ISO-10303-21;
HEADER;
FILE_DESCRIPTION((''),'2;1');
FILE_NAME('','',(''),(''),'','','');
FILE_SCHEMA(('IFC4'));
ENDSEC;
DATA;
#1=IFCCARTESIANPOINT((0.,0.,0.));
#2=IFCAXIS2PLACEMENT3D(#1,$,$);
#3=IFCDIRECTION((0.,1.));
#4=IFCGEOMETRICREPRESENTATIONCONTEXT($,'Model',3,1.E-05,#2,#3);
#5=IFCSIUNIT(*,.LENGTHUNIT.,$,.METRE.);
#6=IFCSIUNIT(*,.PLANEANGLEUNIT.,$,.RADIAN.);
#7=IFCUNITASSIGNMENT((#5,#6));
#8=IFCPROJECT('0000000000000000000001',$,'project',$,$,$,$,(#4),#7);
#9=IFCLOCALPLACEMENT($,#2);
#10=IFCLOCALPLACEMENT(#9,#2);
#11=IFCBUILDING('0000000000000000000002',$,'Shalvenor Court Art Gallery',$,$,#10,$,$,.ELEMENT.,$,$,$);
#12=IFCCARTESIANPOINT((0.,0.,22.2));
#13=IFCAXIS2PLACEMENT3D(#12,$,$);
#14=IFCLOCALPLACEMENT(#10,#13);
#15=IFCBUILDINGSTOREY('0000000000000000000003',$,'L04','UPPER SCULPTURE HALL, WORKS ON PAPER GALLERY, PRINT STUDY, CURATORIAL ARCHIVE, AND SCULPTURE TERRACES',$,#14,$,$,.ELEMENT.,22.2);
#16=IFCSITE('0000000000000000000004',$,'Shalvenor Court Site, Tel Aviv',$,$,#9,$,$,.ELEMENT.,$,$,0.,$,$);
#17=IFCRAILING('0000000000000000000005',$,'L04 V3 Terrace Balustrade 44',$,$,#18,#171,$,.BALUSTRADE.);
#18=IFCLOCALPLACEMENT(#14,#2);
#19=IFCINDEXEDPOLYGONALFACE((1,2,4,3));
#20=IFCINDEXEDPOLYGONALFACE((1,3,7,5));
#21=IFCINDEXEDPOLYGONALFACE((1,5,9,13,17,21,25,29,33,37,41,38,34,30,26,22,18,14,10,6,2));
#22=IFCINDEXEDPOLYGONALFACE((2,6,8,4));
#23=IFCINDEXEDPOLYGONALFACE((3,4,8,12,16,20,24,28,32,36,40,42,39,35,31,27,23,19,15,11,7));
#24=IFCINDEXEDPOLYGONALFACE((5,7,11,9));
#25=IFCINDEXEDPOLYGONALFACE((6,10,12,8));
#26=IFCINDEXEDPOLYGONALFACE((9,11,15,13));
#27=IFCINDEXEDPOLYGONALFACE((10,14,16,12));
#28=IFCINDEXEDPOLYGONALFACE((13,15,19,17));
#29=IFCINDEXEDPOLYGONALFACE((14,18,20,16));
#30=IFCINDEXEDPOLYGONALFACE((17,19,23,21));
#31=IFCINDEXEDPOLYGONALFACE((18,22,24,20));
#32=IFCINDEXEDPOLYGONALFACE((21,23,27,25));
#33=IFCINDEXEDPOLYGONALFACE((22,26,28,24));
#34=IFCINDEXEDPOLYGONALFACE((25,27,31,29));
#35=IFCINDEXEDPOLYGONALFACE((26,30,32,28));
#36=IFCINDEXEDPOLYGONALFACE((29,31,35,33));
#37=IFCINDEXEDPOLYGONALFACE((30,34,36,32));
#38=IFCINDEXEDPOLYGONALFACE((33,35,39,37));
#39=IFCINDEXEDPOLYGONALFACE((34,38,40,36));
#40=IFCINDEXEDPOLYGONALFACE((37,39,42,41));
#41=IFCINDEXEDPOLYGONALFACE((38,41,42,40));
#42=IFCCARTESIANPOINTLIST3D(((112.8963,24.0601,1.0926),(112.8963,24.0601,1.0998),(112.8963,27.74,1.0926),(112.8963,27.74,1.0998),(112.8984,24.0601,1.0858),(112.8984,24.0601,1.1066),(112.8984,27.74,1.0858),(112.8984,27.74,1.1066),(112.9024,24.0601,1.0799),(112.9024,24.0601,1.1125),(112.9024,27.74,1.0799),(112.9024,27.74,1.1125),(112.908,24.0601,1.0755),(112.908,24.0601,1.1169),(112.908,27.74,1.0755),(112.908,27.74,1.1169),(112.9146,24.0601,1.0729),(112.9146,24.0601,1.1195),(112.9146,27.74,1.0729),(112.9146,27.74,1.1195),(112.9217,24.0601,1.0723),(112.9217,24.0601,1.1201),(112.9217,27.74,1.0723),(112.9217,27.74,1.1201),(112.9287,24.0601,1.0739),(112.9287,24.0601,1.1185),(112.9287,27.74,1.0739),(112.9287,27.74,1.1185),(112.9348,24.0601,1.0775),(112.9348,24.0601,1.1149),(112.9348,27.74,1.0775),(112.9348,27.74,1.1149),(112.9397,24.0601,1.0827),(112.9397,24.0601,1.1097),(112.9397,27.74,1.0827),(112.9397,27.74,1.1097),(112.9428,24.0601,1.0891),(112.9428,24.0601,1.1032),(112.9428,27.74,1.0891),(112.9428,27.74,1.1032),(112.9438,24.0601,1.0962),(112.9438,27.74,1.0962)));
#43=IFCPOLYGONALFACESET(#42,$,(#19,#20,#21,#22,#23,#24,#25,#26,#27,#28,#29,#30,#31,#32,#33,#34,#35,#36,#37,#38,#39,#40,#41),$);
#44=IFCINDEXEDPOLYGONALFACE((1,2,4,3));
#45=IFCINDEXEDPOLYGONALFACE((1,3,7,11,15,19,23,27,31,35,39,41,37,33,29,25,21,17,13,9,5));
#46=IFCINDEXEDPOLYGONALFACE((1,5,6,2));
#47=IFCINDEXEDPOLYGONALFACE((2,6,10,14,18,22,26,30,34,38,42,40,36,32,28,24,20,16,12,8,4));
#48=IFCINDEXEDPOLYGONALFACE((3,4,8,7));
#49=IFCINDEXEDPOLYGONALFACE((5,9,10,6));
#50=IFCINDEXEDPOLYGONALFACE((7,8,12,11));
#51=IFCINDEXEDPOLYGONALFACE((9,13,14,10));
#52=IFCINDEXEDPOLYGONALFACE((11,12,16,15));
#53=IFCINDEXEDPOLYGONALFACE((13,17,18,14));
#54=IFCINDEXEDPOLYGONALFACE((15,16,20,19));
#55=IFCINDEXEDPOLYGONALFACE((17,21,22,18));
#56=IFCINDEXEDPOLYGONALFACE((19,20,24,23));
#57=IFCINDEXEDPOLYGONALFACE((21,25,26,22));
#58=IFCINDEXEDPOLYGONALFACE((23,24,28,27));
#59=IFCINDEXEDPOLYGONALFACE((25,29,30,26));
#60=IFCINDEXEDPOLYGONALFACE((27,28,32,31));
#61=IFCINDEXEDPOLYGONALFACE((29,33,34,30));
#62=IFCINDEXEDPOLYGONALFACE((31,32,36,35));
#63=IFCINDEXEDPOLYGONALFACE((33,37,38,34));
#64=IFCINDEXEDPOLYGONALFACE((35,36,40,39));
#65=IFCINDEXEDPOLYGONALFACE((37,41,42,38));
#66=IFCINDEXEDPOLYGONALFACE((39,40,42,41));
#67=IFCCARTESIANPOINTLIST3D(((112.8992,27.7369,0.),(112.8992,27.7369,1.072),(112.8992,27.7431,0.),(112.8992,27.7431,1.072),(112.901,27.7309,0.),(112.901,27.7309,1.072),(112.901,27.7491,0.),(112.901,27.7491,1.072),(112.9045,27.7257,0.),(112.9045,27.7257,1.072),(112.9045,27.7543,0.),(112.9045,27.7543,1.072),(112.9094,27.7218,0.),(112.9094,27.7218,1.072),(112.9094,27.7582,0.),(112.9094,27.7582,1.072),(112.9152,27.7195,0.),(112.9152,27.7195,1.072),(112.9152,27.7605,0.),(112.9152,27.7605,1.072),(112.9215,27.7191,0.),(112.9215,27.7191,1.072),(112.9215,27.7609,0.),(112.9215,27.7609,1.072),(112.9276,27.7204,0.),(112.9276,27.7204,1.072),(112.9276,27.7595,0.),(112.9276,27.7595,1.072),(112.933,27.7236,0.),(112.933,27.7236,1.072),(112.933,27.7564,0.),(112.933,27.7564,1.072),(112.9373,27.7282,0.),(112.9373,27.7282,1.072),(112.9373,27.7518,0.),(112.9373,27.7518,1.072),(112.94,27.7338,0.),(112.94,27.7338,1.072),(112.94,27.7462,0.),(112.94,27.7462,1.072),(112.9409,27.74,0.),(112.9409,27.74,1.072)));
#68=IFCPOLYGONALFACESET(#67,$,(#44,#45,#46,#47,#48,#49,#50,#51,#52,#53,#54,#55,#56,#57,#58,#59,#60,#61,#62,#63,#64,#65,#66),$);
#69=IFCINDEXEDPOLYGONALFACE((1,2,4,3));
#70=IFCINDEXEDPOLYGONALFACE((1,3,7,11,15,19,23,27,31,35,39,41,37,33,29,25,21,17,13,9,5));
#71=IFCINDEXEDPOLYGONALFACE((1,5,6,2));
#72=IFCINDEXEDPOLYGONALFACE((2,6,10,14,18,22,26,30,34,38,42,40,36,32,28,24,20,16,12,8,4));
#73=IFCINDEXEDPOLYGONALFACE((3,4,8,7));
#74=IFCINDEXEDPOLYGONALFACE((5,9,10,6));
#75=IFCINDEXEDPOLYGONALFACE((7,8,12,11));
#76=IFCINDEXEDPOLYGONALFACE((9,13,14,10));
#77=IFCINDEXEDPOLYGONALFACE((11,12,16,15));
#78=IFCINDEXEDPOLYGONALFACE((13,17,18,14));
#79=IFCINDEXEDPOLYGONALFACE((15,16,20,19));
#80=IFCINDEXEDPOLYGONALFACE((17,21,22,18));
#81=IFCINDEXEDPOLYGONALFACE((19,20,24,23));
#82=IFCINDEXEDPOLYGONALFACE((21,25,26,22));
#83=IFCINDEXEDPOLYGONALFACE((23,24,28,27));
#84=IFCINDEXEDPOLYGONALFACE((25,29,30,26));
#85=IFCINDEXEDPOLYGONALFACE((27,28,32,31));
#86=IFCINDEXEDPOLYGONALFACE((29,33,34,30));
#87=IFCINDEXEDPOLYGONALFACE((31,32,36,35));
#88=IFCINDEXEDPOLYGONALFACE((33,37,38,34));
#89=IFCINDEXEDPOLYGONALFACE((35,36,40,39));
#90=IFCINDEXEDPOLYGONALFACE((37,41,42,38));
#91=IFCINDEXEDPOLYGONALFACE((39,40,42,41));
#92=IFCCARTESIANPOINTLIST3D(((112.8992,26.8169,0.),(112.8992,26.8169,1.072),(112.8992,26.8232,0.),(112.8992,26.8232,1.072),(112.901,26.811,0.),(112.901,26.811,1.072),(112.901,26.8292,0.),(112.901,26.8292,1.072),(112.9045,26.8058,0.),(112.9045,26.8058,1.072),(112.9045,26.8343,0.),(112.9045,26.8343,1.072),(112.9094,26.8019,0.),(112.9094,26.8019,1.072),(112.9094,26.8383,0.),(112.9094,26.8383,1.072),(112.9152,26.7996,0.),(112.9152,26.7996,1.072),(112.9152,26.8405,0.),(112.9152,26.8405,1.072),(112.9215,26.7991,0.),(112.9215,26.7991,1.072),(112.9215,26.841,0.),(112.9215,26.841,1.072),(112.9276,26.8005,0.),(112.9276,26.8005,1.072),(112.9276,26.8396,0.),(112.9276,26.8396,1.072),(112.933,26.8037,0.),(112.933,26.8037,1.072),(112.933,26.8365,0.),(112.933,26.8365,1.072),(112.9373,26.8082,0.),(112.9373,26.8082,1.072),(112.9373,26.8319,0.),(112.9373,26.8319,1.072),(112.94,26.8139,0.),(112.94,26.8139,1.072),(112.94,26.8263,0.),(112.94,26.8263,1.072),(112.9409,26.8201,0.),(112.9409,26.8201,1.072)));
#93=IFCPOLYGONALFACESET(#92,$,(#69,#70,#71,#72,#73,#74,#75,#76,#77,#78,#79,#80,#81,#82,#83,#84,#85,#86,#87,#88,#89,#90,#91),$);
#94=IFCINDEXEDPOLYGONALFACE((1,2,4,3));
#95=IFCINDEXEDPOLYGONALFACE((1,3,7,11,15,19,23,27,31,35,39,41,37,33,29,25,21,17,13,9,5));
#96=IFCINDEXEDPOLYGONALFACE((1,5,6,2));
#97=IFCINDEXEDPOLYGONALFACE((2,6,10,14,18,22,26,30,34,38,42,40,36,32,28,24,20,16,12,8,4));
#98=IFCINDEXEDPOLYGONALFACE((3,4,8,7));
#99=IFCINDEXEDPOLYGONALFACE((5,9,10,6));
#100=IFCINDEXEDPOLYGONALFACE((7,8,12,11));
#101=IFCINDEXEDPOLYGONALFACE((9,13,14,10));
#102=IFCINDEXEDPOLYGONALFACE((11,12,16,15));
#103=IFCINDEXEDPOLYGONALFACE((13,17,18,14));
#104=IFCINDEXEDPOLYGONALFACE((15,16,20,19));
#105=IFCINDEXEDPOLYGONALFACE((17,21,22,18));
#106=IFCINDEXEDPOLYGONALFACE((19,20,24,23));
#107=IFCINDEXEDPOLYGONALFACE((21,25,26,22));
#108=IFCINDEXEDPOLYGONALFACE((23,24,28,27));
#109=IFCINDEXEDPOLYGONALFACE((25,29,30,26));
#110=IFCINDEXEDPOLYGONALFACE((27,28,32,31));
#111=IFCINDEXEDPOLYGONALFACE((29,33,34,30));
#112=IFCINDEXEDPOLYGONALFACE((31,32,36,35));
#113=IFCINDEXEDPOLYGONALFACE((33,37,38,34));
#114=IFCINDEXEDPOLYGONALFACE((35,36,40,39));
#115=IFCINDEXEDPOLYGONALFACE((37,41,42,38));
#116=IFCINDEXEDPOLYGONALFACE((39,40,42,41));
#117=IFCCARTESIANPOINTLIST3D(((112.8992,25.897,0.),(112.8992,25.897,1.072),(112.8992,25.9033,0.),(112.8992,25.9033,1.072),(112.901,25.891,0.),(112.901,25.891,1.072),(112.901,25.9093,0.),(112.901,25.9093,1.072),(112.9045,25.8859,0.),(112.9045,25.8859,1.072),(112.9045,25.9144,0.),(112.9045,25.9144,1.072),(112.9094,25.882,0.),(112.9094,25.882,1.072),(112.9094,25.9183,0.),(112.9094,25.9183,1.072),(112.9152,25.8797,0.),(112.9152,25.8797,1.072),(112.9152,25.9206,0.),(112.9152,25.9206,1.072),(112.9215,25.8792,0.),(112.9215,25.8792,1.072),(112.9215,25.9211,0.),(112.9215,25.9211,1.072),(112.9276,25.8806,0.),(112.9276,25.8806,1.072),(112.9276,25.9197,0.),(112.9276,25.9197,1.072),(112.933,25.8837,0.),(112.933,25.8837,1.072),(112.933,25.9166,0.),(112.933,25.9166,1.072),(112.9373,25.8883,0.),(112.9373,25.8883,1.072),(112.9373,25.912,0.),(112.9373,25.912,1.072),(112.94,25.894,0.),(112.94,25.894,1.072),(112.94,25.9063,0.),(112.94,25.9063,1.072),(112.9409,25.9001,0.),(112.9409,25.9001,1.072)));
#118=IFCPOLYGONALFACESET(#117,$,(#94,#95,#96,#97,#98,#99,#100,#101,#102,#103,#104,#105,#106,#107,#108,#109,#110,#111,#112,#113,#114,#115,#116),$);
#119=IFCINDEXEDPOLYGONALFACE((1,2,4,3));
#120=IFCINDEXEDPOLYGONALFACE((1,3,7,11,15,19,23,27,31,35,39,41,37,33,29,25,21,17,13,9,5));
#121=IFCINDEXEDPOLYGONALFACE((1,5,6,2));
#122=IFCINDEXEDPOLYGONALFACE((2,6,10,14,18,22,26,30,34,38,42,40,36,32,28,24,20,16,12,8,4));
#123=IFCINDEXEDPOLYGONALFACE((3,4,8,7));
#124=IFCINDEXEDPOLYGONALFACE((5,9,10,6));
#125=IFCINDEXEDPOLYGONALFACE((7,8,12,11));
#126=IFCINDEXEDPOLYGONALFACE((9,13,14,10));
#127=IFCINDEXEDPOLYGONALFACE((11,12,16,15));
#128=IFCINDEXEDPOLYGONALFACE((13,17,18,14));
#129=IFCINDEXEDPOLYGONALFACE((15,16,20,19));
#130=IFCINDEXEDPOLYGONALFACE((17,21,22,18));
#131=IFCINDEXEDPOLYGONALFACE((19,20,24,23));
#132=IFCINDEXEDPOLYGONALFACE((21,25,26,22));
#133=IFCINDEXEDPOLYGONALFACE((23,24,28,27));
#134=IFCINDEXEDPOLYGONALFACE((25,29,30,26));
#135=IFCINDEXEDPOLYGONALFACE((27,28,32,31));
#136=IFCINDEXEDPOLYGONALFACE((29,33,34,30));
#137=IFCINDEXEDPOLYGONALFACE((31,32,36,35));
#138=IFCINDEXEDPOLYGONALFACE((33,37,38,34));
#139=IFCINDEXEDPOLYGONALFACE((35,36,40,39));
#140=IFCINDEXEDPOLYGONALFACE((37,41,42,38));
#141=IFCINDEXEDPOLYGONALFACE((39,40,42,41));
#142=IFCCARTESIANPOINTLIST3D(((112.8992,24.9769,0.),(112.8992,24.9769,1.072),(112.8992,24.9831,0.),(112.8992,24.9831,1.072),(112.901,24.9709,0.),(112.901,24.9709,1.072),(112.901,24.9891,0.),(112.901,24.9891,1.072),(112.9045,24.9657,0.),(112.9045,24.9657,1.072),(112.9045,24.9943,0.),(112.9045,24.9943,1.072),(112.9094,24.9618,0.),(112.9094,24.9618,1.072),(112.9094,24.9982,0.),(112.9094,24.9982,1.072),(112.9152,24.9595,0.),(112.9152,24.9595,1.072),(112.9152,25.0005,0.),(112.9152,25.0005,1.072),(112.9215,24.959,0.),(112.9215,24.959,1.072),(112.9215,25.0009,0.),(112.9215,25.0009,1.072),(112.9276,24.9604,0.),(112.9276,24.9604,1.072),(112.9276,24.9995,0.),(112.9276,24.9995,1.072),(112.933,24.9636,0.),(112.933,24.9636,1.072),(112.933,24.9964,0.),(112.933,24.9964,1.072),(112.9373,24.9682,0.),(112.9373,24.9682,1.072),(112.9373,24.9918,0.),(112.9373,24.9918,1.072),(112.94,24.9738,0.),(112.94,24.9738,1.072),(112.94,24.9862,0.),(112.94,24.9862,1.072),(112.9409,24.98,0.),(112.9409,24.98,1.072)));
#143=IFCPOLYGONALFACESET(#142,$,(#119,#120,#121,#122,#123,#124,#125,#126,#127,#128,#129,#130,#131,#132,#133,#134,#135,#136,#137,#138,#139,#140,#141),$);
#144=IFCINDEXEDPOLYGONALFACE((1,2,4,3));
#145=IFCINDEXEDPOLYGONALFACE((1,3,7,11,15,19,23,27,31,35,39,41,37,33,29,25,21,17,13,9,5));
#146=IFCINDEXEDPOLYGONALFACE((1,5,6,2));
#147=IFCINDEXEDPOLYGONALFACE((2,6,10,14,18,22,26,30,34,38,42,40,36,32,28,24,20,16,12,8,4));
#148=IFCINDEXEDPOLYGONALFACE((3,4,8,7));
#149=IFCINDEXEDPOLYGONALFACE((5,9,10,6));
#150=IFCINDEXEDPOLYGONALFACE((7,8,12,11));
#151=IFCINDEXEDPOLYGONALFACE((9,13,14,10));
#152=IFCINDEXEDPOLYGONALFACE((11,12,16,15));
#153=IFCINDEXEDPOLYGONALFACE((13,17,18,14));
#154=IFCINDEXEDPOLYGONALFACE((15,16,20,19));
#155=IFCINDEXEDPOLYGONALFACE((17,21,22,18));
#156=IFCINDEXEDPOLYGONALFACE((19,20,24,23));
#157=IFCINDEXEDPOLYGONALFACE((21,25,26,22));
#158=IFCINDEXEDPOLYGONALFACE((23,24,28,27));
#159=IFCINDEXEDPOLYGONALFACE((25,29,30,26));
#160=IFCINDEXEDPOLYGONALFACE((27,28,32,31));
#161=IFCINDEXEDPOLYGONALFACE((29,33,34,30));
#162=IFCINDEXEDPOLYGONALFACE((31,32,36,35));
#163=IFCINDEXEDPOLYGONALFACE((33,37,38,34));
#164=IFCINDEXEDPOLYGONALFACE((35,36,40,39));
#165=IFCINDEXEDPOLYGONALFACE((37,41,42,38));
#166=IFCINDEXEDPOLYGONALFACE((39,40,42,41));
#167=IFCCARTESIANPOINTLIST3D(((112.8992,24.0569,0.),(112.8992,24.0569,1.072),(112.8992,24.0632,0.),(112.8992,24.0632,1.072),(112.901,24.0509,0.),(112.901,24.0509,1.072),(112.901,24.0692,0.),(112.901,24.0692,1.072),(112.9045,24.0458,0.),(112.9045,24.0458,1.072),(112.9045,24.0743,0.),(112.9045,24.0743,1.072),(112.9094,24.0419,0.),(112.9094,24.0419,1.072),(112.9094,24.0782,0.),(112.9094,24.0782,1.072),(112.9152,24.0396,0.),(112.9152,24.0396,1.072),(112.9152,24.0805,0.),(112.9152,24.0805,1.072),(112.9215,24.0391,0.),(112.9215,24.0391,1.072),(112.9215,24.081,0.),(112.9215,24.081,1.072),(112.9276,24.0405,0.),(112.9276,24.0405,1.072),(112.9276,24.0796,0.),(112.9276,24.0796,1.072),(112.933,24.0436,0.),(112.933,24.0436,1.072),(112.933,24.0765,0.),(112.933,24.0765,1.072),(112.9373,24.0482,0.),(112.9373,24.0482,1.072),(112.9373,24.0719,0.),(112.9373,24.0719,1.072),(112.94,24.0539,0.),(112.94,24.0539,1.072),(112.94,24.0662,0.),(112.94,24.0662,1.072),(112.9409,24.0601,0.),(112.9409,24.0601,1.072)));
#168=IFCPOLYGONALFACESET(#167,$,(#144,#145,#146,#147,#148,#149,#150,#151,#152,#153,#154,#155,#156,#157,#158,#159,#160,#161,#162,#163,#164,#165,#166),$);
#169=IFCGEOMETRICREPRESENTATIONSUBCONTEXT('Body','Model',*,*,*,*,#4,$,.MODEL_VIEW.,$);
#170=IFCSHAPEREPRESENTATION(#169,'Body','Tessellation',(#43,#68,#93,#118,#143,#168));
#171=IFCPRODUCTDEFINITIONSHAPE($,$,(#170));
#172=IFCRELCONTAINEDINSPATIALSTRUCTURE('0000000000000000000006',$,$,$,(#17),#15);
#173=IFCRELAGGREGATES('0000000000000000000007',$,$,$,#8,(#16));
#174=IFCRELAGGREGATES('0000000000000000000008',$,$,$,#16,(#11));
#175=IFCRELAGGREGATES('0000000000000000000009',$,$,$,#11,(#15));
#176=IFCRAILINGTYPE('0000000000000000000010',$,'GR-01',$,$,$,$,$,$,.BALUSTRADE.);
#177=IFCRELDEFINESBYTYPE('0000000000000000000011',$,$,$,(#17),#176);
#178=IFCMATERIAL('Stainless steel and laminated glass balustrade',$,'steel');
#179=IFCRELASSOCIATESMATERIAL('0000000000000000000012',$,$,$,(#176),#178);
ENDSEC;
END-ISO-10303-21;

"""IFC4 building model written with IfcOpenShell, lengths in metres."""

from ifc_helpers import new_model, si_unit, direction, frame, origin, origin_2d, place, context, subcontext, project, spatial, circle, extrude, material, type_object, element, save


model = new_model("IFC4")

# Units and contexts
model_context = context("Model", 3, precision=1e-05, world=origin(), true_north=direction((0.0, 1.0)))
body_context = subcontext(model_context, "Body", "Model", "MODEL_VIEW")
ifc_project = project(units=[si_unit("LENGTHUNIT", "METRE"), si_unit("PLANEANGLEUNIT", "RADIAN")], contexts=[model_context])

# Site, building, storey
site_placement = place(None, origin())
site = spatial("IfcSite", under=ifc_project, at=site_placement, Name="Shalvenor Court Site, Tel Aviv", CompositionType="ELEMENT", RefElevation=0.0)
building_placement = place(site_placement, origin())
building = spatial("IfcBuilding", under=site, at=building_placement, Name="Shalvenor Court Art Gallery", CompositionType="ELEMENT")
storey_placement = place(building_placement, frame((0.0, 0.0, 22.2)))
storey = spatial("IfcBuildingStorey", under=building, at=storey_placement, Name="L04", Description="UPPER SCULPTURE HALL, WORKS ON PAPER GALLERY, PRINT STUDY, CURATORIAL ARCHIVE, AND SCULPTURE TERRACES", CompositionType="ELEMENT", Elevation=22.2)

# Railing
ifc_material_1 = material(Name="Stainless steel and laminated glass balustrade", Category="steel")
railing_type = type_object("IfcRailingType", Name="GR-01", PredefinedType="BALUSTRADE", material=ifc_material_1)
railing_1_placement = place(storey_placement, frame((112.9199, 27.74, 0.0)))
element("IfcRailing", 1, at=railing_1_placement, inside=storey, type_object=railing_type, Name="L04 V3 Terrace Balustrade 44", PredefinedType="BALUSTRADE", context=body_context, shape_type="SweptSolid", body=[
    extrude(circle(Radius=0.0239, at=origin_2d()), frame((0.0, 0.0, 1.0962), z_axis=(0.0, -1.0, 0.0), x_axis=(1.0, 0.0, 0.0)), (0.0, 0.0, 1.0), 3.6799),
    extrude(circle(Radius=0.021, at=origin_2d()), origin(), (0.0, 0.0, 1.0), 1.072),
    extrude(circle(Radius=0.021, at=origin_2d()), frame((0.0, -0.9199, 0.0)), (0.0, 0.0, 1.0), 1.072),
    extrude(circle(Radius=0.021, at=origin_2d()), frame((0.0, -1.8398, 0.0)), (0.0, 0.0, 1.0), 1.072),
    extrude(circle(Radius=0.021, at=origin_2d()), frame((0.0, -2.76, 0.0)), (0.0, 0.0, 1.0), 1.072),
    extrude(circle(Radius=0.021, at=origin_2d()), frame((0.0, -3.6799, 0.0)), (0.0, 0.0, 1.0), 1.072),
])

save(model, "model.ifc")
